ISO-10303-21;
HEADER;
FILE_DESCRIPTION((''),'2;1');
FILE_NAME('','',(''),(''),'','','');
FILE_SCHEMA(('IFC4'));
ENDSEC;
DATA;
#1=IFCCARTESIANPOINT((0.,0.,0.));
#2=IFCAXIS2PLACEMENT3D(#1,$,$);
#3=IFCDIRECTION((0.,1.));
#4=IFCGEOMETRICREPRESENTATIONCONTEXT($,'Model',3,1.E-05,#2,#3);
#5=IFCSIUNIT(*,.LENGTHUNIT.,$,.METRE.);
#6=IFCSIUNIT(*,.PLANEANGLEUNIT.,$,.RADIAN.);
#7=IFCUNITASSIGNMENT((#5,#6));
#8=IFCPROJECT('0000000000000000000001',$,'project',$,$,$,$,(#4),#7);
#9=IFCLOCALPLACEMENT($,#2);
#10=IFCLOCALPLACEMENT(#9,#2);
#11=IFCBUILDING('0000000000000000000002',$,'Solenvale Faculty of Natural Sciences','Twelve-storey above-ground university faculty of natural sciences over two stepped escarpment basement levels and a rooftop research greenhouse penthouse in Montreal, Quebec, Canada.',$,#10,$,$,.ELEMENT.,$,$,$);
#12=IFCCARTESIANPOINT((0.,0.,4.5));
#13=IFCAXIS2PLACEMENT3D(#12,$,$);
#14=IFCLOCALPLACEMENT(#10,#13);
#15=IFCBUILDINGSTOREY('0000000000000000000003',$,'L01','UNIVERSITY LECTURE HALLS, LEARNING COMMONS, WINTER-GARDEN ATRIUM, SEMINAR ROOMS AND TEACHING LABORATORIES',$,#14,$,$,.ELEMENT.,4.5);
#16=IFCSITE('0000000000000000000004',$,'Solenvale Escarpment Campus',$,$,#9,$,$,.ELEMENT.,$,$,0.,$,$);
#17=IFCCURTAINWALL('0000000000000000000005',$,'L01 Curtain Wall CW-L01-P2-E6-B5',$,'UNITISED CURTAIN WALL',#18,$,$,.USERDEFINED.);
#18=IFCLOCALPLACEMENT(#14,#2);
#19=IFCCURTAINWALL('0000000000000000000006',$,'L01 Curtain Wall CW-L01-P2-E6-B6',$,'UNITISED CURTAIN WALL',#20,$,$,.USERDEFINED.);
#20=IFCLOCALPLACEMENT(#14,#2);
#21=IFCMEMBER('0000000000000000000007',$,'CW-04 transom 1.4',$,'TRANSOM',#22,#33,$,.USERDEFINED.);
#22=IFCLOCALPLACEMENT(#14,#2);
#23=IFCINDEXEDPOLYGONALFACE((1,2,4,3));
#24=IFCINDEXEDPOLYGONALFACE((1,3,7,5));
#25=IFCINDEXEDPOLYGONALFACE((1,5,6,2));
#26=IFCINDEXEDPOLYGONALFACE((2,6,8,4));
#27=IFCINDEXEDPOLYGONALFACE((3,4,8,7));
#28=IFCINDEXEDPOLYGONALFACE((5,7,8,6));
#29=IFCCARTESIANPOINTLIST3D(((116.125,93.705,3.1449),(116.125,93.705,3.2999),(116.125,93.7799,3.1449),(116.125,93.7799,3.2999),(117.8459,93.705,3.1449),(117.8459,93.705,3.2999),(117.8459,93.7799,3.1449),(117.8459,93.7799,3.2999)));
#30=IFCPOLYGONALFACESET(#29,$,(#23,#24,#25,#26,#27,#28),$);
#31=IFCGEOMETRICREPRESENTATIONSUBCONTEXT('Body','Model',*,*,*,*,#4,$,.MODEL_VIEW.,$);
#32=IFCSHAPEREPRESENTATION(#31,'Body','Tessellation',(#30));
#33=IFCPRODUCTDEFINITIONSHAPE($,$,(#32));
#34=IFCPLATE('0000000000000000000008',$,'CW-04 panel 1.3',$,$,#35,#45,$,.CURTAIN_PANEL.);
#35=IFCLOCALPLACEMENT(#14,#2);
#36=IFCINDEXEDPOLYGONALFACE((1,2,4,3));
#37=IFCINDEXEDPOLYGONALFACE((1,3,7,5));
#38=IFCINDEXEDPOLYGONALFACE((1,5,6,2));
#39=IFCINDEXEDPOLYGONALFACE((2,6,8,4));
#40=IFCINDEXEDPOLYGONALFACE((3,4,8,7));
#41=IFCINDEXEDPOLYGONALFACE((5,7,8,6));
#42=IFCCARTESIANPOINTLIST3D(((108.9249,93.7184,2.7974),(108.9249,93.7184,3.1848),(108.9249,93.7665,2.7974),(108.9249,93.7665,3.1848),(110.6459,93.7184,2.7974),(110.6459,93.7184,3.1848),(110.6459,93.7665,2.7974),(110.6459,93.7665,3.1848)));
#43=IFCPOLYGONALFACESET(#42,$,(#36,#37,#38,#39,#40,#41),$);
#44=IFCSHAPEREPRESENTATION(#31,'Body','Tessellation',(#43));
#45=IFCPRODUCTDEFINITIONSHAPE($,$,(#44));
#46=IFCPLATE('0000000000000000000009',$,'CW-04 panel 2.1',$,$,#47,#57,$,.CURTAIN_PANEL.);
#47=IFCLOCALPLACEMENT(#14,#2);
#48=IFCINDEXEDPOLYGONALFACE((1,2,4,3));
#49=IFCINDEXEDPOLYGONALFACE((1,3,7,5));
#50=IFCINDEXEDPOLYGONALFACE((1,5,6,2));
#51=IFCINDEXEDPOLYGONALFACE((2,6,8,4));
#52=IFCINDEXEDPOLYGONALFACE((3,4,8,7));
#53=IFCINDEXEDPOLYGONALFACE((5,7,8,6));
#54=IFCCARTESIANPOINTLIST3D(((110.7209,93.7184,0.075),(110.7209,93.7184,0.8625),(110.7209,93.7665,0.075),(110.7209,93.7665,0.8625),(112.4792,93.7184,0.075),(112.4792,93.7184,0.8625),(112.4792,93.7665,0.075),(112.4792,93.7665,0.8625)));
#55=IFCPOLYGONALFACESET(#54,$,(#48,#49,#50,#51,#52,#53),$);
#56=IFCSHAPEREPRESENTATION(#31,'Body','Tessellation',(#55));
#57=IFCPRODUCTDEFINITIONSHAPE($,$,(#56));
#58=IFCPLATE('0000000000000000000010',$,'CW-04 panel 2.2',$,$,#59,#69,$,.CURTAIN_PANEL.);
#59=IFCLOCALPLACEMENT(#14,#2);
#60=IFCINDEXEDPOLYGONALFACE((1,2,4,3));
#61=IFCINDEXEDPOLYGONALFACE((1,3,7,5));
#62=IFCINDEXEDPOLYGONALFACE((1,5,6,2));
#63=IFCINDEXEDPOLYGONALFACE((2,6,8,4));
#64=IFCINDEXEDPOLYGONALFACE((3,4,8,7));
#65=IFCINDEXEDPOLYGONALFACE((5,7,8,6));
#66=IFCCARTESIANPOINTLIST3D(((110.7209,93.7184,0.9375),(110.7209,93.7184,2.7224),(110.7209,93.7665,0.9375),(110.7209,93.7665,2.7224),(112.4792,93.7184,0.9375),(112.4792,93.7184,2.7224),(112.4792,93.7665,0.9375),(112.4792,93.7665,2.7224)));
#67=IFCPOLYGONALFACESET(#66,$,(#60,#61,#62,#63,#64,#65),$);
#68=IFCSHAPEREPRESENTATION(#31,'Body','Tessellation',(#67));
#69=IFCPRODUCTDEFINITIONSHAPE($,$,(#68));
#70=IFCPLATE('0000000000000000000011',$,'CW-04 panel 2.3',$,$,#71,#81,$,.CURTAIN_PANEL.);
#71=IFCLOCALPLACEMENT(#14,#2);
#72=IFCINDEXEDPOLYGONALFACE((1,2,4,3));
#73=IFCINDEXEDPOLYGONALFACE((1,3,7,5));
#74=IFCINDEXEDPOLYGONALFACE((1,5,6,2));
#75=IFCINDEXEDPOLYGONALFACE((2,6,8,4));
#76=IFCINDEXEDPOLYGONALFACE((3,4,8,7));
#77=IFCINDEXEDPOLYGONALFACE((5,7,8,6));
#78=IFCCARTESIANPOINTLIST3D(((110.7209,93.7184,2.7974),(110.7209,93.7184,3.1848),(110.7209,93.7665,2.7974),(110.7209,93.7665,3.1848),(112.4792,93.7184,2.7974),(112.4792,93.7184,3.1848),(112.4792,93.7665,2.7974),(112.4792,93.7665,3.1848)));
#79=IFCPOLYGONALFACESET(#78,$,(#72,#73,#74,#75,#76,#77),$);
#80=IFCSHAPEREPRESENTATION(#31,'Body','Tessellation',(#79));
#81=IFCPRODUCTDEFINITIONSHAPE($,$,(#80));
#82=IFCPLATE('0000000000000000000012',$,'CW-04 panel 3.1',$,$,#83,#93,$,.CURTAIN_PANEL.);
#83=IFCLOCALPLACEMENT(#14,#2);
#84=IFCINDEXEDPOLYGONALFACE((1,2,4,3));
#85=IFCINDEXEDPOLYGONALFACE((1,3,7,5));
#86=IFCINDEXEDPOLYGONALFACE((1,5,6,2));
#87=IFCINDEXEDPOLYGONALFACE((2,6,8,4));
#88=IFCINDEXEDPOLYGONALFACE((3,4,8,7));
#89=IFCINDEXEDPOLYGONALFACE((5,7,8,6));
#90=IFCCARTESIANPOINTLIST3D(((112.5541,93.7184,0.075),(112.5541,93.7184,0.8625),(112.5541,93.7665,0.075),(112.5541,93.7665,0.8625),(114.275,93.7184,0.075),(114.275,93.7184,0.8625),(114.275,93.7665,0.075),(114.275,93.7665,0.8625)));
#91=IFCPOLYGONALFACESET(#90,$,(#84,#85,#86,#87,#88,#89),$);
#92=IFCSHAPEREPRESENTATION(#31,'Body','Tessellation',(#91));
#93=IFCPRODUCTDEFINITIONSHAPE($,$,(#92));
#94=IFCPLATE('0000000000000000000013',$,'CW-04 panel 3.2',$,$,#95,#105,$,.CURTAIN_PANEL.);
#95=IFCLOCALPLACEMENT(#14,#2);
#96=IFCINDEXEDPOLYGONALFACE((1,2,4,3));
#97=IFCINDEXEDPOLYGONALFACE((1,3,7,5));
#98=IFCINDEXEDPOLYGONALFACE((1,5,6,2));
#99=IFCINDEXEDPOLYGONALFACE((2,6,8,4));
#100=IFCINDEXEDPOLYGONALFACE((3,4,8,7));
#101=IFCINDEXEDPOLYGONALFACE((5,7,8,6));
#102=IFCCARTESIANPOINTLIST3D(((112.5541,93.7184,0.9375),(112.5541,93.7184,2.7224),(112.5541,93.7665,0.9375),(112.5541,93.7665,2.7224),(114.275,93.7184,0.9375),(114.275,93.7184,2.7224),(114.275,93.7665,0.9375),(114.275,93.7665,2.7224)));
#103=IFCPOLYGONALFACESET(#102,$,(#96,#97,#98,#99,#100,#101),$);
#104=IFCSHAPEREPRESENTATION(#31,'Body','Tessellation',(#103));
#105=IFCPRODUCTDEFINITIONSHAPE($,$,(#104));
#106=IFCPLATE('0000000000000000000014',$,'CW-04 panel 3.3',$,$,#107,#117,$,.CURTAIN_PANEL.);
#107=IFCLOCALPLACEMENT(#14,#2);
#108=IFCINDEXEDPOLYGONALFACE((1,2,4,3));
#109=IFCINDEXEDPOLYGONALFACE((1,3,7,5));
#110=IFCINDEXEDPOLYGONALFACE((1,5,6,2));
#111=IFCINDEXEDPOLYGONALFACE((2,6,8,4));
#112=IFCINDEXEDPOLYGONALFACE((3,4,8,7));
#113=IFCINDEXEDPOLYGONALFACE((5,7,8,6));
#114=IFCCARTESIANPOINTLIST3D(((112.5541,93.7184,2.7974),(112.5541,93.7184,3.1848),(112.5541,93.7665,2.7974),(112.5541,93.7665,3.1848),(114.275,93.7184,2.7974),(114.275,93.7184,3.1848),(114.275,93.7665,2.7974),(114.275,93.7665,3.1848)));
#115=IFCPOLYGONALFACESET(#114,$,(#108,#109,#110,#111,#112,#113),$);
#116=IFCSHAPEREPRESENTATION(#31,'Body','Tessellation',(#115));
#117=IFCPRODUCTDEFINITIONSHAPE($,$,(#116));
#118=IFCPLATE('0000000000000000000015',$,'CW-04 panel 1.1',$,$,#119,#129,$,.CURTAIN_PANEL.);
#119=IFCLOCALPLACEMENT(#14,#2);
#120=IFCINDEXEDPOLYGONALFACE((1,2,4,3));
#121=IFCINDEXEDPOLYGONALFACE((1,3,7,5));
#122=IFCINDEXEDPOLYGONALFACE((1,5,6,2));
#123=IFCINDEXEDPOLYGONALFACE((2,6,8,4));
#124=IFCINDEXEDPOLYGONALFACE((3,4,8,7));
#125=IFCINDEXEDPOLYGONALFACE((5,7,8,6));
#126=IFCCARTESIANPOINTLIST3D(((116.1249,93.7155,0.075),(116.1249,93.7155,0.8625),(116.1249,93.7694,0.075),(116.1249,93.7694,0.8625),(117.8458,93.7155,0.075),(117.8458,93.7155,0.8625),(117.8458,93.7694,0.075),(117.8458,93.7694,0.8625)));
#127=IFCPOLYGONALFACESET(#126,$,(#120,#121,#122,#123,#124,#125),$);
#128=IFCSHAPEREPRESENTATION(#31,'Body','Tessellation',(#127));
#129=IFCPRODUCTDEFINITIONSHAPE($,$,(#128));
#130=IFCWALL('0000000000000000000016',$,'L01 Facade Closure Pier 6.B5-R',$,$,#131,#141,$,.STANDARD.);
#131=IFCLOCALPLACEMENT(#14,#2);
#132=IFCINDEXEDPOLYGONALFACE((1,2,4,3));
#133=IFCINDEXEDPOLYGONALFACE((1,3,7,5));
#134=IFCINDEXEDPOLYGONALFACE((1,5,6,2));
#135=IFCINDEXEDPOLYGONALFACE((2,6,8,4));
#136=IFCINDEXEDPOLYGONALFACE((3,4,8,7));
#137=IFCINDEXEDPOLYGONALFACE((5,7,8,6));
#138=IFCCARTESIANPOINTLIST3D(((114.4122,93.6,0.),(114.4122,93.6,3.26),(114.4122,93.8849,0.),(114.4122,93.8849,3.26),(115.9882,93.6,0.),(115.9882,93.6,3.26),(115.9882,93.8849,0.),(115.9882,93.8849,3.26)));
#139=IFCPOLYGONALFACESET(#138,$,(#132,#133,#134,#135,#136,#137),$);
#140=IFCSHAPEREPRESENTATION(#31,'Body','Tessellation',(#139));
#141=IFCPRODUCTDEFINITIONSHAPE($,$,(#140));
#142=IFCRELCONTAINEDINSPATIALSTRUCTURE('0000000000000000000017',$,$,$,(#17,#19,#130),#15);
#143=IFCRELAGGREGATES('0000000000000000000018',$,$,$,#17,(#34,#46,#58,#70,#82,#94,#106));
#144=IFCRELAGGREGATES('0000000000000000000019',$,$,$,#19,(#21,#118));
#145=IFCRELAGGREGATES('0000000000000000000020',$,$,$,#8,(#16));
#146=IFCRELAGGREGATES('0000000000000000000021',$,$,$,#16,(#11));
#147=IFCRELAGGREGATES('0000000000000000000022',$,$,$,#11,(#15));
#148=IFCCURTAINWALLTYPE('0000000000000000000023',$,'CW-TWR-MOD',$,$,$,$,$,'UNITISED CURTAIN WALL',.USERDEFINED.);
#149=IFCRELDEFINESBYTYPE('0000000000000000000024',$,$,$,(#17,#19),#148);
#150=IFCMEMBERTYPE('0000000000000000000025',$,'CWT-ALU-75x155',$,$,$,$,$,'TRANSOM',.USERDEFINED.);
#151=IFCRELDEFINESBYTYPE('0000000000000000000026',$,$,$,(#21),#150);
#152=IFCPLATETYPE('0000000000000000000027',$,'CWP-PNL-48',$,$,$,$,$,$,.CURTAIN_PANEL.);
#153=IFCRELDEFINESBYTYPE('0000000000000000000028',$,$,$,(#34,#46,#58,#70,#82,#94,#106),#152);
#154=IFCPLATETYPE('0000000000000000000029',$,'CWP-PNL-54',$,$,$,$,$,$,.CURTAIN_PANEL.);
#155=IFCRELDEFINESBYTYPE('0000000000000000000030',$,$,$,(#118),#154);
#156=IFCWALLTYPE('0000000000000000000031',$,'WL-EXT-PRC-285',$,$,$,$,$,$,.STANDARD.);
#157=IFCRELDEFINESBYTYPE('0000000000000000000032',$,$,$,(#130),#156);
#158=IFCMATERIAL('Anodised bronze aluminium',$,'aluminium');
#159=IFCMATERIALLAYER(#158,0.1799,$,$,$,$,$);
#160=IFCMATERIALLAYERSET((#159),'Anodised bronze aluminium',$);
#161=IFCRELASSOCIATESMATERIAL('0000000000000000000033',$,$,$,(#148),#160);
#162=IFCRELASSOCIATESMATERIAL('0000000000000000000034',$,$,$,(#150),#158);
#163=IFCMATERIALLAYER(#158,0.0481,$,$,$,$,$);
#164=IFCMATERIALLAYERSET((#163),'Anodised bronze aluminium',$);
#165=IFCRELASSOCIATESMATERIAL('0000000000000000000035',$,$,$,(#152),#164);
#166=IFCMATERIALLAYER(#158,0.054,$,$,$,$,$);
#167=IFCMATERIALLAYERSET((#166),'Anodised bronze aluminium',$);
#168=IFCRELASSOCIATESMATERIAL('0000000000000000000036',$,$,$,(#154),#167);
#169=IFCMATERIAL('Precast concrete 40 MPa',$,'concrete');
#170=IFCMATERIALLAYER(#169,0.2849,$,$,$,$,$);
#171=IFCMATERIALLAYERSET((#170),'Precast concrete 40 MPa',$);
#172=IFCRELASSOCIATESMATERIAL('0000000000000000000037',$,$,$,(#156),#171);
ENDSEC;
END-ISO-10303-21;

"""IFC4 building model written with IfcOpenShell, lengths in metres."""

from ifc_helpers import new_model, si_unit, direction, frame, frame_2d, origin, origin_2d, place, context, subcontext, project, spatial, rectangle, extrude, material, layer, layer_set, material_profile, profile_set, type_object, element, aggregate, save


model = new_model("IFC4")

# Units and contexts
model_context = context("Model", 3, precision=1e-05, world=origin(), true_north=direction((0.0, 1.0)))
body_context = subcontext(model_context, "Body", "Model", "MODEL_VIEW")
ifc_project = project(units=[si_unit("LENGTHUNIT", "METRE"), si_unit("PLANEANGLEUNIT", "RADIAN")], contexts=[model_context])

# Site, building, storey
site_placement = place(None, origin())
site = spatial("IfcSite", under=ifc_project, at=site_placement, Name="Solenvale Escarpment Campus", CompositionType="ELEMENT", RefElevation=0.0)
building_placement = place(site_placement, origin())
building = spatial("IfcBuilding", under=site, at=building_placement, Name="Solenvale Faculty of Natural Sciences", Description="Twelve-storey above-ground university faculty of natural sciences over two stepped escarpment basement levels and a rooftop research greenhouse penthouse in Montreal, Quebec, Canada.", CompositionType="ELEMENT")
storey_placement = place(building_placement, frame((0.0, 0.0, 4.5)))
storey = spatial("IfcBuildingStorey", under=building, at=storey_placement, Name="L01", Description="UNIVERSITY LECTURE HALLS, LEARNING COMMONS, WINTER-GARDEN ATRIUM, SEMINAR ROOMS AND TEACHING LABORATORIES", CompositionType="ELEMENT", Elevation=4.5)

# Curtain wall
ifc_material_1 = material(Name="Anodised bronze aluminium", Category="aluminium")
ifc_layer_1 = layer(ifc_material_1, 0.1799)
ifc_layer_set_1 = layer_set([ifc_layer_1], Name="Anodised bronze aluminium")
curtain_wall_type = type_object("IfcCurtainWallType", Name="CW-TWR-MOD", ElementType="UNITISED CURTAIN WALL", PredefinedType="USERDEFINED", material=ifc_layer_set_1)
curtain_wall_1_placement = place(storey_placement, origin())
curtain_wall_1 = element("IfcCurtainWall", 1, at=curtain_wall_1_placement, inside=storey, type_object=curtain_wall_type, Name="L01 Curtain Wall CW-L01-P2-E6-B5", ObjectType="UNITISED CURTAIN WALL", PredefinedType="USERDEFINED")

# Curtain wall
curtain_wall_2_placement = place(storey_placement, origin())
curtain_wall_2 = element("IfcCurtainWall", 2, at=curtain_wall_2_placement, inside=storey, type_object=curtain_wall_type, Name="L01 Curtain Wall CW-L01-P2-E6-B6", ObjectType="UNITISED CURTAIN WALL", PredefinedType="USERDEFINED")

# Member
ifc_material_profile_1 = material_profile(ifc_material_1, rectangle(XDim=0.075, YDim=0.155, at=origin_2d()), Name="ALU-TRN-75x155")
ifc_profile_set_1 = profile_set([ifc_material_profile_1], Name="Anodised bronze aluminium")
member_type_1 = type_object("IfcMemberType", Name="CWT-ALU-75x155", ElementType="TRANSOM", PredefinedType="USERDEFINED", material=ifc_profile_set_1)
member_1_placement = place(storey_placement, frame((116.125, 93.7424, 3.2224), z_axis=(1.0, 0.0, 0.0), x_axis=(0.0, 1.0, 0.0)))
member_1 = element("IfcMember", 3, at=member_1_placement, type_object=member_type_1, Name="CW-04 transom 1.4", ObjectType="TRANSOM", PredefinedType="USERDEFINED", context=body_context, shape_type="SweptSolid", body=[
    extrude(rectangle(XDim=0.075, YDim=0.155, at=origin_2d()), origin(), (0.0, 0.0, 1.0), 1.7209),
])

# Plates
ifc_layer_2 = layer(ifc_material_1, 0.0481)
ifc_layer_set_2 = layer_set([ifc_layer_2], Name="Anodised bronze aluminium")
plate_type_1 = type_object("IfcPlateType", Name="CWP-PNL-48", PredefinedType="CURTAIN_PANEL", material=ifc_layer_set_2)
plate_1_placement = place(storey_placement, frame((109.7854, 93.7424, 2.7974), z_axis=(0.0, 0.0, 1.0), x_axis=(1.0, 0.0, 0.0)))
plate_1 = element("IfcPlate", 4, at=plate_1_placement, type_object=plate_type_1, Name="CW-04 panel 1.3", PredefinedType="CURTAIN_PANEL", context=body_context, shape_type="SweptSolid", body=[
    extrude(rectangle(XDim=1.7209, YDim=0.0481, at=origin_2d()), origin(), (0.0, 0.0, 1.0), 0.3875),
])
plate_2_placement = place(storey_placement, frame((111.6001, 93.7424, 0.075), z_axis=(0.0, 0.0, 1.0), x_axis=(1.0, 0.0, 0.0)))
plate_2 = element("IfcPlate", 5, at=plate_2_placement, type_object=plate_type_1, Name="CW-04 panel 2.1", PredefinedType="CURTAIN_PANEL", context=body_context, shape_type="SweptSolid", body=[
    extrude(rectangle(XDim=1.7583, YDim=0.0481, at=origin_2d()), origin(), (0.0, 0.0, 1.0), 0.7876),
])
plate_3_placement = place(storey_placement, frame((111.6001, 93.7424, 0.9375), z_axis=(0.0, 0.0, 1.0), x_axis=(1.0, 0.0, 0.0)))
plate_3 = element("IfcPlate", 6, at=plate_3_placement, type_object=plate_type_1, Name="CW-04 panel 2.2", PredefinedType="CURTAIN_PANEL", context=body_context, shape_type="SweptSolid", body=[
    extrude(rectangle(XDim=1.7583, YDim=0.0481, at=origin_2d()), origin(), (0.0, 0.0, 1.0), 1.7849),
])
plate_4_placement = place(storey_placement, frame((111.6001, 93.7424, 2.7974), z_axis=(0.0, 0.0, 1.0), x_axis=(1.0, 0.0, 0.0)))
plate_4 = element("IfcPlate", 7, at=plate_4_placement, type_object=plate_type_1, Name="CW-04 panel 2.3", PredefinedType="CURTAIN_PANEL", context=body_context, shape_type="SweptSolid", body=[
    extrude(rectangle(XDim=1.7583, YDim=0.0481, at=origin_2d()), origin(), (0.0, 0.0, 1.0), 0.3875),
])
plate_5_placement = place(storey_placement, frame((113.4146, 93.7424, 0.075), z_axis=(0.0, 0.0, 1.0), x_axis=(1.0, 0.0, 0.0)))
plate_5 = element("IfcPlate", 8, at=plate_5_placement, type_object=plate_type_1, Name="CW-04 panel 3.1", PredefinedType="CURTAIN_PANEL", context=body_context, shape_type="SweptSolid", body=[
    extrude(rectangle(XDim=1.7209, YDim=0.0481, at=origin_2d()), origin(), (0.0, 0.0, 1.0), 0.7876),
])
plate_6_placement = place(storey_placement, frame((113.4146, 93.7424, 0.9375), z_axis=(0.0, 0.0, 1.0), x_axis=(1.0, 0.0, 0.0)))
plate_6 = element("IfcPlate", 9, at=plate_6_placement, type_object=plate_type_1, Name="CW-04 panel 3.2", PredefinedType="CURTAIN_PANEL", context=body_context, shape_type="SweptSolid", body=[
    extrude(rectangle(XDim=1.7209, YDim=0.0481, at=origin_2d()), origin(), (0.0, 0.0, 1.0), 1.7849),
])
plate_7_placement = place(storey_placement, frame((113.4146, 93.7424, 2.7974), z_axis=(0.0, 0.0, 1.0), x_axis=(1.0, 0.0, 0.0)))
plate_7 = element("IfcPlate", 10, at=plate_7_placement, type_object=plate_type_1, Name="CW-04 panel 3.3", PredefinedType="CURTAIN_PANEL", context=body_context, shape_type="SweptSolid", body=[
    extrude(rectangle(XDim=1.7209, YDim=0.0481, at=origin_2d()), origin(), (0.0, 0.0, 1.0), 0.3875),
])
aggregate(curtain_wall_1, [plate_1, plate_2, plate_3, plate_4, plate_5, plate_6, plate_7])
ifc_layer_3 = layer(ifc_material_1, 0.054)
ifc_layer_set_3 = layer_set([ifc_layer_3], Name="Anodised bronze aluminium")
plate_type_2 = type_object("IfcPlateType", Name="CWP-PNL-54", PredefinedType="CURTAIN_PANEL", material=ifc_layer_set_3)
plate_8_placement = place(storey_placement, frame((116.9854, 93.7424, 0.075), z_axis=(0.0, 0.0, 1.0), x_axis=(1.0, 0.0, 0.0)))
plate_8 = element("IfcPlate", 11, at=plate_8_placement, type_object=plate_type_2, Name="CW-04 panel 1.1", PredefinedType="CURTAIN_PANEL", context=body_context, shape_type="SweptSolid", body=[
    extrude(rectangle(XDim=1.7209, YDim=0.054, at=origin_2d()), origin(), (0.0, 0.0, 1.0), 0.7876),
])
aggregate(curtain_wall_2, [member_1, plate_8])

# Wall
ifc_material_2 = material(Name="Precast concrete 40 MPa", Category="concrete")
ifc_layer_4 = layer(ifc_material_2, 0.2849)
ifc_layer_set_4 = layer_set([ifc_layer_4], Name="Precast concrete 40 MPa")
wall_type = type_object("IfcWallType", Name="WL-EXT-PRC-285", PredefinedType="STANDARD", material=ifc_layer_set_4)
wall_placement = place(storey_placement, frame((114.4121, 93.7424, 0.0), z_axis=(0.0, 0.0, 1.0), x_axis=(1.0, 0.0, 0.0)))
element("IfcWall", 12, at=wall_placement, inside=storey, type_object=wall_type, Name="L01 Facade Closure Pier 6.B5-R", PredefinedType="STANDARD", context=body_context, shape_type="SweptSolid", body=[
    extrude(rectangle(XDim=1.5759, YDim=0.2849, at=frame_2d((0.7881, 0.0))), origin(), (0.0, 0.0, 1.0), 3.26),
])

save(model, "model.ifc")
